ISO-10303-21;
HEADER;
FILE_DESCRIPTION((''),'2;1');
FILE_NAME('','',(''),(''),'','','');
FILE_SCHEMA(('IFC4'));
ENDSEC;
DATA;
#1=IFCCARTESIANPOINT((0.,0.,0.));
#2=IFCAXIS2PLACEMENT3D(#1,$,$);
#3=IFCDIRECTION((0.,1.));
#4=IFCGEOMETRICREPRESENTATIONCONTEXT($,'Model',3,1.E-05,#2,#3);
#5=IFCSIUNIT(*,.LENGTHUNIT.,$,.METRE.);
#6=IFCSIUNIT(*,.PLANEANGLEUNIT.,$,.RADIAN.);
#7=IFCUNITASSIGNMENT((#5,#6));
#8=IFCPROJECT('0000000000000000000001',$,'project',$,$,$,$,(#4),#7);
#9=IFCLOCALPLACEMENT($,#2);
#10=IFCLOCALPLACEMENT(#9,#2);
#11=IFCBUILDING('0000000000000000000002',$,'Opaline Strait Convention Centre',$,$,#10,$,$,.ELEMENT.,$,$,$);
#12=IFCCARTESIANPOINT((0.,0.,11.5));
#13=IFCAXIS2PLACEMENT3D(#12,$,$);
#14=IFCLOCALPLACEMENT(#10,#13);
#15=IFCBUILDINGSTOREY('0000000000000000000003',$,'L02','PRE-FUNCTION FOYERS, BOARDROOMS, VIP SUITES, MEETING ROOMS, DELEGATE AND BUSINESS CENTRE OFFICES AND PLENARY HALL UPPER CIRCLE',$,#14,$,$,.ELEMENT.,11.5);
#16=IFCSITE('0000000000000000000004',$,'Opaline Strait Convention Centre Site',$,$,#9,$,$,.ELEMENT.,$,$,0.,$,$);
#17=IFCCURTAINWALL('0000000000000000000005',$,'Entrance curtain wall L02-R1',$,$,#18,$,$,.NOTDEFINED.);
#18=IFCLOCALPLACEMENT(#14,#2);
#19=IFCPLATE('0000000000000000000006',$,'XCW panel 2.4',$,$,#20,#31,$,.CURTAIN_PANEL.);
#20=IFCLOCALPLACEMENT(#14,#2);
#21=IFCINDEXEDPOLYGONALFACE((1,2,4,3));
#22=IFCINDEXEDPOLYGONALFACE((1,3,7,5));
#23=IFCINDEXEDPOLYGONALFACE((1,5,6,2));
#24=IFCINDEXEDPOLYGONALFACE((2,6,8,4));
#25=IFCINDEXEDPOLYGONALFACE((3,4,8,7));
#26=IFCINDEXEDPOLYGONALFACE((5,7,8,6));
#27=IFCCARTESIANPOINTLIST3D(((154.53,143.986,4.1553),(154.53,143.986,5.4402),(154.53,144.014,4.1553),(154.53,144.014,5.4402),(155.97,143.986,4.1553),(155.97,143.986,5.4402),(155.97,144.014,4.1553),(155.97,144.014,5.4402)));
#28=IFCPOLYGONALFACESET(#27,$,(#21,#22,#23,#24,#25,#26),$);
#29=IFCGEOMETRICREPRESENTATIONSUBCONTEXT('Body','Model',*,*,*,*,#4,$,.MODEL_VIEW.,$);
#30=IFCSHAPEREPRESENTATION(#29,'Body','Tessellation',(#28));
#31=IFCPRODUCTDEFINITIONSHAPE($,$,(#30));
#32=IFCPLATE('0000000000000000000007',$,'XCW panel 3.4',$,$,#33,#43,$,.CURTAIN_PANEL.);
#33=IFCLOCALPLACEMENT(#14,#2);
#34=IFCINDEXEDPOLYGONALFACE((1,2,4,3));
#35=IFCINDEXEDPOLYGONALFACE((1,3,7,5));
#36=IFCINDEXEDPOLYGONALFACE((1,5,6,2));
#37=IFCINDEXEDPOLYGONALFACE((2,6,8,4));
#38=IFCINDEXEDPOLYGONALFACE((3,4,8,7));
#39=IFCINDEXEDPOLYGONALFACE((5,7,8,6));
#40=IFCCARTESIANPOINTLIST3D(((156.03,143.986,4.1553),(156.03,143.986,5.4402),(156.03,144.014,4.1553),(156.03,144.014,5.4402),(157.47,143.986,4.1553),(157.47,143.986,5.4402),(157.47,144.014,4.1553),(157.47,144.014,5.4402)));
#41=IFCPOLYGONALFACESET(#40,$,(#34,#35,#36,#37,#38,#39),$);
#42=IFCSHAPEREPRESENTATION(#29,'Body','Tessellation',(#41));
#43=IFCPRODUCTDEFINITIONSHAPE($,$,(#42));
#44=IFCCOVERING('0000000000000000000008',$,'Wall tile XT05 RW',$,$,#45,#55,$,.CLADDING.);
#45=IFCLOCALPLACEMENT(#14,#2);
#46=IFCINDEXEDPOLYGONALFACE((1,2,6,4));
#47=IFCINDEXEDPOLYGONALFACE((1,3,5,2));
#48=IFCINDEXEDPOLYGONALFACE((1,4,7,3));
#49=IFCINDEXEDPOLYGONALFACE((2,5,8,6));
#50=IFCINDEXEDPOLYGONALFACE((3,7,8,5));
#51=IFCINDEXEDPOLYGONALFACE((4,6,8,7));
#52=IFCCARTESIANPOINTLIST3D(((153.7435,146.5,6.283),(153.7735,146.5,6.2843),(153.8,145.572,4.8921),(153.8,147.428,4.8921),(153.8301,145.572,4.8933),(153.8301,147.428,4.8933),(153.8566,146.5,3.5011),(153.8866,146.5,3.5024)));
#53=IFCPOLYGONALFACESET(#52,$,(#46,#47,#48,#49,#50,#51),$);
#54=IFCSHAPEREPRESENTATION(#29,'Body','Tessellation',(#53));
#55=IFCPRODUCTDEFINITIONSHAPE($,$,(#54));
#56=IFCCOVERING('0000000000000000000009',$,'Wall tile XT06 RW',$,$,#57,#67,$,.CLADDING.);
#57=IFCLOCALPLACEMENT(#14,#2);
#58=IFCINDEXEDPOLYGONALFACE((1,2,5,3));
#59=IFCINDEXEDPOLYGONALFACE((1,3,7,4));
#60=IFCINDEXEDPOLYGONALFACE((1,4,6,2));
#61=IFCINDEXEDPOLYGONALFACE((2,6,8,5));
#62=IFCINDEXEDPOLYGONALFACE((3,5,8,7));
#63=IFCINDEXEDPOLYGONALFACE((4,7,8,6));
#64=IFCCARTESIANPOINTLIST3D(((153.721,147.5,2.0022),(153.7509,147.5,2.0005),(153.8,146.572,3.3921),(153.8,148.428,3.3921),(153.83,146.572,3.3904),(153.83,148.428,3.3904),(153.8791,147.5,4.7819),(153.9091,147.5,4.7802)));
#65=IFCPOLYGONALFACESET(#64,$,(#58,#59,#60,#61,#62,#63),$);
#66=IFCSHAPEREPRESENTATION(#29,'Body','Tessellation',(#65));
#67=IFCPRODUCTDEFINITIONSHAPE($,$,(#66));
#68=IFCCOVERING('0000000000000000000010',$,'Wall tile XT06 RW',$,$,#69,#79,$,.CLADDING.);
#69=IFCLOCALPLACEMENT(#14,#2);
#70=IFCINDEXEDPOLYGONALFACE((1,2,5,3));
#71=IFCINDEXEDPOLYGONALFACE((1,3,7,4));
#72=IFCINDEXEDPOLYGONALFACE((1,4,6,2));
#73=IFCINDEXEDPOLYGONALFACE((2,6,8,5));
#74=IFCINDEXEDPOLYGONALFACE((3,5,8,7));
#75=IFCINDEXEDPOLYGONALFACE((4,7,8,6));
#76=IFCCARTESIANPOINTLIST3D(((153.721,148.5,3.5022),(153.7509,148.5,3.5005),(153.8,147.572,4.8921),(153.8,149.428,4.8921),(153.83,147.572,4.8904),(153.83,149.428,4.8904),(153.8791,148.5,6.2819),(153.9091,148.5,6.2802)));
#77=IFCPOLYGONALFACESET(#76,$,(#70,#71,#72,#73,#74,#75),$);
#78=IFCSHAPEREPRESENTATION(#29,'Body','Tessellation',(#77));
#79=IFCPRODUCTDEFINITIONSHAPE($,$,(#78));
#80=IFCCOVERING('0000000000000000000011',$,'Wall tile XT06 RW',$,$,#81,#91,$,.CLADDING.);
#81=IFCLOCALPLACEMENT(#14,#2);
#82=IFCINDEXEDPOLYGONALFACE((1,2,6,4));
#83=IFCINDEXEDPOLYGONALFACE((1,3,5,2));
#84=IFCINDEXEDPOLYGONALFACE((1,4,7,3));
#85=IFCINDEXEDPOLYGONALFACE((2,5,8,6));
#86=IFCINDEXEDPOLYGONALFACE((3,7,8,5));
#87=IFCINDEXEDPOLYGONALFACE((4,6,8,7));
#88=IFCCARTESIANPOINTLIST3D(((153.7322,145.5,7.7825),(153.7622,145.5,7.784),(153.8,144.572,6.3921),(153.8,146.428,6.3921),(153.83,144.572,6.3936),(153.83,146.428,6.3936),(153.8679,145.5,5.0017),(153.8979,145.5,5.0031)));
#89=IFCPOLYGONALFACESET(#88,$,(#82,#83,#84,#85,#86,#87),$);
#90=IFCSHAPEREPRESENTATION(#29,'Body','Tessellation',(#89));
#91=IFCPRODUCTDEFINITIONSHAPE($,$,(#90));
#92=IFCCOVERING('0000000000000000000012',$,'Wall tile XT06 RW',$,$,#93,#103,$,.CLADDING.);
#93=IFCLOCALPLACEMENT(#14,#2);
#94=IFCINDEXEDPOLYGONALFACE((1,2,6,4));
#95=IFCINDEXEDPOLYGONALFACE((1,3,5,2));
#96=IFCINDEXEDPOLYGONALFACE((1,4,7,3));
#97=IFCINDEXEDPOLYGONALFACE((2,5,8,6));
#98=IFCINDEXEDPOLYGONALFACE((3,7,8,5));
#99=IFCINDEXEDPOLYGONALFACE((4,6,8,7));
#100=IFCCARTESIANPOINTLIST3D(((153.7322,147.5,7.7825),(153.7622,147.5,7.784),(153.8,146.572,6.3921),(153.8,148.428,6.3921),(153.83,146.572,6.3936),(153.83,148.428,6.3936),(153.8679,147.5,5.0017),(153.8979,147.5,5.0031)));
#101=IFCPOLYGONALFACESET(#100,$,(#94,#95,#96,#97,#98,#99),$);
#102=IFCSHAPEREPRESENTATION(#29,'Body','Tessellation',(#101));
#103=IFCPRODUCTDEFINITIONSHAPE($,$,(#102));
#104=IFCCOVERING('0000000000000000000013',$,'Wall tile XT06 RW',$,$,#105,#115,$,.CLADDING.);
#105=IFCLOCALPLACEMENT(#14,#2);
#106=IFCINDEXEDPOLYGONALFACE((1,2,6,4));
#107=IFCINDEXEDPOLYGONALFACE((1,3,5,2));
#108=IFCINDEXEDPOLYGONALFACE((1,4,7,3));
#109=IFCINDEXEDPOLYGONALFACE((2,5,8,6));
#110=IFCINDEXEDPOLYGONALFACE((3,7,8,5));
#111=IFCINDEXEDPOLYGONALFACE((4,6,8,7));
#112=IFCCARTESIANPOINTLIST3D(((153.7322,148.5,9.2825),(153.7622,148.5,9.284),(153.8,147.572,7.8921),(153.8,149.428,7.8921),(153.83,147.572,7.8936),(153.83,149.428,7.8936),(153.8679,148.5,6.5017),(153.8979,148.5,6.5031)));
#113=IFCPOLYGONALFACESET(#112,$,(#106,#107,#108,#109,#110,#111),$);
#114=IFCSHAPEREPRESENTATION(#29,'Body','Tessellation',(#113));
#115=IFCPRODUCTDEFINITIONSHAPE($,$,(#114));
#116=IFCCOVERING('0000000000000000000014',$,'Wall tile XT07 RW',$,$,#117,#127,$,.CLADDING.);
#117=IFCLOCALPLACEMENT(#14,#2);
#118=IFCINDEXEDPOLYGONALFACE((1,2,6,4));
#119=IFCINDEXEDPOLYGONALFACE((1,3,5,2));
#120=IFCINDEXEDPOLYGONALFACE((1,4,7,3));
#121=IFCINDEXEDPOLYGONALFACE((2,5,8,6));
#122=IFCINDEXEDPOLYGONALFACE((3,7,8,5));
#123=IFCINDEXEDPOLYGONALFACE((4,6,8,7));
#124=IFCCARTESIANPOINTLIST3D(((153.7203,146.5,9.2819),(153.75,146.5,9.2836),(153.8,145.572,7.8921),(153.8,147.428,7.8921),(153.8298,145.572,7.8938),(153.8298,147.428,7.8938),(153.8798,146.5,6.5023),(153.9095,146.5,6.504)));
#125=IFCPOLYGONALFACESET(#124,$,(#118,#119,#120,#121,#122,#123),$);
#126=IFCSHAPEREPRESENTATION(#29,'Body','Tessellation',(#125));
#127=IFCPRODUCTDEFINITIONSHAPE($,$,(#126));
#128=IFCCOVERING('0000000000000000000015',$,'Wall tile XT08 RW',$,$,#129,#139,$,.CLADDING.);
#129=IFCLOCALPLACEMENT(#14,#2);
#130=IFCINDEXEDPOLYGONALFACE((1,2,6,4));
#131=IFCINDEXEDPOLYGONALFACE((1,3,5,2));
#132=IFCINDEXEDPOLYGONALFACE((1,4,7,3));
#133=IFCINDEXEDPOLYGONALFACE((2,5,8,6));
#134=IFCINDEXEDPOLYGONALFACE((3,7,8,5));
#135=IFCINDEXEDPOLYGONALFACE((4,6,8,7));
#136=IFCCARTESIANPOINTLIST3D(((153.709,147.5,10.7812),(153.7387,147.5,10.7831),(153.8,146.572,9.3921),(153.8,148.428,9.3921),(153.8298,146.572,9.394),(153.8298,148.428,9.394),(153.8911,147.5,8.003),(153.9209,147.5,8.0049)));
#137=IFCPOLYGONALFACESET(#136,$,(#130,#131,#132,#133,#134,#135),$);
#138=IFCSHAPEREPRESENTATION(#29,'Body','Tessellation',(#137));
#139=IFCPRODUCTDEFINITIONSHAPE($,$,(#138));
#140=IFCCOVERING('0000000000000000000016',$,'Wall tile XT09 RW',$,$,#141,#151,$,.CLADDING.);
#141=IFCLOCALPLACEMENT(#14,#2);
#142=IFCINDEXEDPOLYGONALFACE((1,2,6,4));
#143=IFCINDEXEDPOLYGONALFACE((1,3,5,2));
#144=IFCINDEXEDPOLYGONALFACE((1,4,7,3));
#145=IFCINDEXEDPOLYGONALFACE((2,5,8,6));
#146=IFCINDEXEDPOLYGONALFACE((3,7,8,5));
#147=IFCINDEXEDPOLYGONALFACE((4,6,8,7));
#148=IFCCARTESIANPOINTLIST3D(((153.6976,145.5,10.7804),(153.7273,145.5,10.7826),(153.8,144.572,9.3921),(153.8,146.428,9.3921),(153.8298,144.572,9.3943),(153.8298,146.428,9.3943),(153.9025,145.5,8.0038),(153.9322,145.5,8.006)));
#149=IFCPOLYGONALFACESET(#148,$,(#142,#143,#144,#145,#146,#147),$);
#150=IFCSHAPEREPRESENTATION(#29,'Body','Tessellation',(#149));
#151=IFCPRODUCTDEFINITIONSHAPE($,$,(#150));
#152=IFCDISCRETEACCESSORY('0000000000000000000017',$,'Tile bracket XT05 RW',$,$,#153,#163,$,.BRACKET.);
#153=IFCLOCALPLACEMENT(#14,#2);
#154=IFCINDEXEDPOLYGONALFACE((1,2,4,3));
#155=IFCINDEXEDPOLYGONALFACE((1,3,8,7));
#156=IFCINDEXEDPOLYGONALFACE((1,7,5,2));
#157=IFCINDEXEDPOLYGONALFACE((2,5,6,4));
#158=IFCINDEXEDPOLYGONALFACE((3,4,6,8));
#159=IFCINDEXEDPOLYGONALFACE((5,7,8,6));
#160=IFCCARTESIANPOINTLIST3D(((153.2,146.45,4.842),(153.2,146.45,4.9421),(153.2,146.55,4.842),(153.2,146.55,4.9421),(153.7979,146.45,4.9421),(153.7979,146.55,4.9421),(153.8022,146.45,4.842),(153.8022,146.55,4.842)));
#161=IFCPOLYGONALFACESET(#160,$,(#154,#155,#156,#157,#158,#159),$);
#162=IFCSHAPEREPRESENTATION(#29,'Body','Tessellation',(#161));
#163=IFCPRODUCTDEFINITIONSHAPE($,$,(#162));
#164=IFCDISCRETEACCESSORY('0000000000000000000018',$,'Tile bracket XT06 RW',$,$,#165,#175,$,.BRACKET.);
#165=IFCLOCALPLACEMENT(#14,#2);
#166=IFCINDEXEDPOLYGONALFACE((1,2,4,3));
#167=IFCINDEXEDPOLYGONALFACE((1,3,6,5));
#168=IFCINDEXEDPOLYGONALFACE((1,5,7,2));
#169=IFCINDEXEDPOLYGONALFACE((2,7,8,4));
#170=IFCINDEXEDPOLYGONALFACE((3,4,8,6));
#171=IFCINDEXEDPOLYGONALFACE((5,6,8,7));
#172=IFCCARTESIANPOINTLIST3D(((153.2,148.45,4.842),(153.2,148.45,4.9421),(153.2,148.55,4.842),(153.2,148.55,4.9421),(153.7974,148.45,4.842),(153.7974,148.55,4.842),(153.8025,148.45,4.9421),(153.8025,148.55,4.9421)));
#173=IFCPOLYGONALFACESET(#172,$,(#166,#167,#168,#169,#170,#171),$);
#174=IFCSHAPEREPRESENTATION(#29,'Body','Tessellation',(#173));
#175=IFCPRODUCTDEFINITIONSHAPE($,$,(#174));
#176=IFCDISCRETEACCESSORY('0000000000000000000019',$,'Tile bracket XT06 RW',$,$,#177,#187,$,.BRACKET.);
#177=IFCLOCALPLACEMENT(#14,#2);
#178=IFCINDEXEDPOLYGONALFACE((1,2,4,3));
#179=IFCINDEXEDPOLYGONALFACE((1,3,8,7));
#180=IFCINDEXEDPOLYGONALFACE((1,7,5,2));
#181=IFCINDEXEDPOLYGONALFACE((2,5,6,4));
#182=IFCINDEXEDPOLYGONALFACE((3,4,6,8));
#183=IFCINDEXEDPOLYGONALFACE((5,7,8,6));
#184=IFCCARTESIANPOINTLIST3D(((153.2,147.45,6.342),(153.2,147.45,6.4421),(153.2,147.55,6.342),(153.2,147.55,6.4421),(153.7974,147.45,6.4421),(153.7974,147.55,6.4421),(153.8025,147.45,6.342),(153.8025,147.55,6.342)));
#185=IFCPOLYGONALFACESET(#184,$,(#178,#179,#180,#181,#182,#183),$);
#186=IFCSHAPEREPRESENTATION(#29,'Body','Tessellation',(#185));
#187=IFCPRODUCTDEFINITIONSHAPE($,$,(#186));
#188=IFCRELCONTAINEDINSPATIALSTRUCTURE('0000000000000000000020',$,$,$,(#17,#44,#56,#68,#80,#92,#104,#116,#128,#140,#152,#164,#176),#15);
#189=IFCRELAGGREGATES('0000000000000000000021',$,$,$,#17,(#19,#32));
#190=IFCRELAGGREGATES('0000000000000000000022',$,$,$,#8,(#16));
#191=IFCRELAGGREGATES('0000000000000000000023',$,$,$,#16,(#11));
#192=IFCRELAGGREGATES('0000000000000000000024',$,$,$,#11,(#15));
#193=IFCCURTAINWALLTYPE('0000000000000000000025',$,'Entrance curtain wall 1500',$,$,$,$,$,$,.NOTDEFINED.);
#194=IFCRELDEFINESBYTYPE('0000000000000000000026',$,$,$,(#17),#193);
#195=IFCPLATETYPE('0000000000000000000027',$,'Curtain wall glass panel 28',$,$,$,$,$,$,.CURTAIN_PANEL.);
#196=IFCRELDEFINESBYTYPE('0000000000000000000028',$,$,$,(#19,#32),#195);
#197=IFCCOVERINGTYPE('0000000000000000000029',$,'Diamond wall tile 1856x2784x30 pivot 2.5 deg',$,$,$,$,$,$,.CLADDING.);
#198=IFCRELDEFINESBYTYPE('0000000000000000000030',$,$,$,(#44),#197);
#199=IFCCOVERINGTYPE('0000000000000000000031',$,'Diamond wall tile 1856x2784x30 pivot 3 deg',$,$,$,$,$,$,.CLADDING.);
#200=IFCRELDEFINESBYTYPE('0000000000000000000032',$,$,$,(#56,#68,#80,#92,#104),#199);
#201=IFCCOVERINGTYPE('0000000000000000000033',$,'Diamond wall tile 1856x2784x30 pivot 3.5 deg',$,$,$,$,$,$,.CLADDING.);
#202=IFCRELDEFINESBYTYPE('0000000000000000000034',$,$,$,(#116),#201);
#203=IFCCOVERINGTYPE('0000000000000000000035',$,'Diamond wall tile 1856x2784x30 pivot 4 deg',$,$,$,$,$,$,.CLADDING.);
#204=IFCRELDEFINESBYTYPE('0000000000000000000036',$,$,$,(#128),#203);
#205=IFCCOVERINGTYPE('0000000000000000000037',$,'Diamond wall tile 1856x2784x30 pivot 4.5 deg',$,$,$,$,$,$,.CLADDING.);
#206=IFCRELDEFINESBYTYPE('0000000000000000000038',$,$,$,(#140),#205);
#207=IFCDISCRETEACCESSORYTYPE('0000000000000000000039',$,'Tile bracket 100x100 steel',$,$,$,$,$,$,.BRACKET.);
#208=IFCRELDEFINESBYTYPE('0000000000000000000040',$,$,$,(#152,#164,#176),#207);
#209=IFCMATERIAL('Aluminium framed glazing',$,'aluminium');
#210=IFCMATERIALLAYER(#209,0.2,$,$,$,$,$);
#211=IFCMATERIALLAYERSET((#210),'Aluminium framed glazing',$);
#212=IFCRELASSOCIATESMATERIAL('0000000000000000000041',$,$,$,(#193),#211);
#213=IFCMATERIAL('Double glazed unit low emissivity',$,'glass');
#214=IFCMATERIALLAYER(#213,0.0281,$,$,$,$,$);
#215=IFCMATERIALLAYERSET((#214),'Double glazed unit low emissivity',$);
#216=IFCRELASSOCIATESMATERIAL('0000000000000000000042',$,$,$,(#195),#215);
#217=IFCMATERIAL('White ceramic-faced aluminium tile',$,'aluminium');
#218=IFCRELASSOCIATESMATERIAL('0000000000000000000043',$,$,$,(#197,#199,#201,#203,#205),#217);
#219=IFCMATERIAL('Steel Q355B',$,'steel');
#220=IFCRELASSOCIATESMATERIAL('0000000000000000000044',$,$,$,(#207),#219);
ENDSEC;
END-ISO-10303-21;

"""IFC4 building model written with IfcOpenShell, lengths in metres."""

from ifc_helpers import new_model, si_unit, direction, frame, origin, origin_2d, place, context, subcontext, project, spatial, polyline, rectangle, outline, extrude, material, layer, layer_set, material_profile, profile_set, type_object, element, aggregate, save


model = new_model("IFC4")

# Units and contexts
model_context = context("Model", 3, precision=1e-05, world=origin(), true_north=direction((0.0, 1.0)))
body_context = subcontext(model_context, "Body", "Model", "MODEL_VIEW")
ifc_project = project(units=[si_unit("LENGTHUNIT", "METRE"), si_unit("PLANEANGLEUNIT", "RADIAN")], contexts=[model_context])

# Site, building, storey
site_placement = place(None, origin())
site = spatial("IfcSite", under=ifc_project, at=site_placement, Name="Opaline Strait Convention Centre Site", CompositionType="ELEMENT", RefElevation=0.0)
building_placement = place(site_placement, origin())
building = spatial("IfcBuilding", under=site, at=building_placement, Name="Opaline Strait Convention Centre", CompositionType="ELEMENT")
storey_placement = place(building_placement, frame((0.0, 0.0, 11.5)))
storey = spatial("IfcBuildingStorey", under=building, at=storey_placement, Name="L02", Description="PRE-FUNCTION FOYERS, BOARDROOMS, VIP SUITES, MEETING ROOMS, DELEGATE AND BUSINESS CENTRE OFFICES AND PLENARY HALL UPPER CIRCLE", CompositionType="ELEMENT", Elevation=11.5)

# Curtain wall
ifc_material_1 = material(Name="Aluminium framed glazing", Category="aluminium")
ifc_layer_1 = layer(ifc_material_1, 0.2)
ifc_layer_set_1 = layer_set([ifc_layer_1], Name="Aluminium framed glazing")
curtain_wall_type = type_object("IfcCurtainWallType", Name="Entrance curtain wall 1500", PredefinedType="NOTDEFINED", material=ifc_layer_set_1)
curtain_wall_placement = place(storey_placement, origin())
curtain_wall = element("IfcCurtainWall", 1, at=curtain_wall_placement, inside=storey, type_object=curtain_wall_type, Name="Entrance curtain wall L02-R1", PredefinedType="NOTDEFINED")

# Shared definitions
ifc_material_2 = material(Name="Steel Q355B", Category="steel")

# Plates
ifc_material_3 = material(Name="Double glazed unit low emissivity", Category="glass")
ifc_layer_2 = layer(ifc_material_3, 0.0281)
ifc_layer_set_2 = layer_set([ifc_layer_2], Name="Double glazed unit low emissivity")
plate_type = type_object("IfcPlateType", Name="Curtain wall glass panel 28", PredefinedType="CURTAIN_PANEL", material=ifc_layer_set_2)
plate_1_placement = place(storey_placement, frame((155.25, 144.0, 4.1553), z_axis=(0.0, 0.0, 1.0), x_axis=(1.0, 0.0, 0.0)))
plate_1 = element("IfcPlate", 2, at=plate_1_placement, type_object=plate_type, Name="XCW panel 2.4", PredefinedType="CURTAIN_PANEL", context=body_context, shape_type="SweptSolid", body=[
    extrude(rectangle(XDim=1.4399, YDim=0.0281, at=origin_2d()), origin(), (0.0, 0.0, 1.0), 1.2849),
])
plate_2_placement = place(storey_placement, frame((156.75, 144.0, 4.1553), z_axis=(0.0, 0.0, 1.0), x_axis=(1.0, 0.0, 0.0)))
plate_2 = element("IfcPlate", 3, at=plate_2_placement, type_object=plate_type, Name="XCW panel 3.4", PredefinedType="CURTAIN_PANEL", context=body_context, shape_type="SweptSolid", body=[
    extrude(rectangle(XDim=1.4399, YDim=0.0281, at=origin_2d()), origin(), (0.0, 0.0, 1.0), 1.2849),
])
aggregate(curtain_wall, [plate_1, plate_2])

# Coverings
ifc_material_4 = material(Name="White ceramic-faced aluminium tile", Category="aluminium")
ifc_material_profile_1 = material_profile(ifc_material_4, outline(polyline([(0.928, 0.0), (0.0, 1.3921), (-0.928, 0.0), (0.0, -1.3921), (0.928, 0.0)])), Name="Diamond tile 1856x2784")
ifc_profile_set_1 = profile_set([ifc_material_profile_1], Name="White ceramic-faced aluminium tile")
covering_type_1 = type_object("IfcCoveringType", Name="Diamond wall tile 1856x2784x30 pivot 2.5 deg", PredefinedType="CLADDING", material=ifc_profile_set_1)
covering_1_placement = place(storey_placement, frame((153.8, 146.5, 4.8921), z_axis=(0.999175, 0.0, 0.040617), x_axis=(0.0, 1.0, 0.0)))
element("IfcCovering", 4, at=covering_1_placement, inside=storey, type_object=covering_type_1, Name="Wall tile XT05 RW", PredefinedType="CLADDING", context=body_context, shape_type="SweptSolid", body=[
    extrude(outline(polyline([(0.928, 0.0), (0.0, 1.3921), (-0.928, 0.0), (0.0, -1.3921), (0.928, 0.0)])), origin(), (0.0, 0.0, 1.0), 0.03),
])
ifc_material_profile_2 = material_profile(ifc_material_4, outline(polyline([(0.928, 0.0), (0.0, 1.3921), (-0.928, 0.0), (0.0, -1.3921), (0.928, 0.0)])), Name="Diamond tile 1856x2784")
ifc_profile_set_2 = profile_set([ifc_material_profile_2], Name="White ceramic-faced aluminium tile")
covering_type_2 = type_object("IfcCoveringType", Name="Diamond wall tile 1856x2784x30 pivot 3 deg", PredefinedType="CLADDING", material=ifc_profile_set_2)
for number, where, z_axis, x_axis, name in (
    (5, (153.8, 147.5, 3.3921), (0.998385, 0.0, -0.056819), (0.0, 1.0, 0.0), "Wall tile XT06 RW"),
    (6, (153.8, 148.5, 4.8921), (0.998385, 0.0, -0.056819), (0.0, 1.0, 0.0), "Wall tile XT06 RW"),
    (7, (153.8, 145.5, 6.3921), (0.998812, 0.0, 0.048723), (0.0, 1.0, 0.0), "Wall tile XT06 RW"),
    (8, (153.8, 147.5, 6.3921), (0.998812, 0.0, 0.048723), (0.0, 1.0, 0.0), "Wall tile XT06 RW"),
    (9, (153.8, 148.5, 7.8921), (0.998812, 0.0, 0.048723), (0.0, 1.0, 0.0), "Wall tile XT06 RW"),
):
    element("IfcCovering", number, at=place(storey_placement, frame(where, z_axis=z_axis, x_axis=x_axis)), inside=storey, type_object=covering_type_2, Name=name, PredefinedType="CLADDING", context=body_context, shape_type="SweptSolid", body=[
        extrude(outline(polyline([(0.928, 0.0), (0.0, 1.3921), (-0.928, 0.0), (0.0, -1.3921), (0.928, 0.0)])), origin(), (0.0, 0.0, 1.0), 0.03),
    ])
ifc_material_profile_3 = material_profile(ifc_material_4, outline(polyline([(0.928, 0.0), (0.0, 1.3921), (-0.928, 0.0), (0.0, -1.3921), (0.928, 0.0)])), Name="Diamond tile 1856x2784")
ifc_profile_set_3 = profile_set([ifc_material_profile_3], Name="White ceramic-faced aluminium tile")
covering_type_3 = type_object("IfcCoveringType", Name="Diamond wall tile 1856x2784x30 pivot 3.5 deg", PredefinedType="CLADDING", material=ifc_profile_set_3)
covering_2_placement = place(storey_placement, frame((153.8, 146.5, 7.8921), z_axis=(0.998358, 0.0, 0.057283), x_axis=(0.0, 1.0, 0.0)))
element("IfcCovering", 10, at=covering_2_placement, inside=storey, type_object=covering_type_3, Name="Wall tile XT07 RW", PredefinedType="CLADDING", context=body_context, shape_type="SweptSolid", body=[
    extrude(outline(polyline([(0.928, 0.0), (0.0, 1.3921), (-0.928, 0.0), (0.0, -1.3921), (0.928, 0.0)])), origin(), (0.0, 0.0, 1.0), 0.0298),
])
ifc_material_profile_4 = material_profile(ifc_material_4, outline(polyline([(0.928, 0.0), (0.0, 1.3921), (-0.928, 0.0), (0.0, -1.3921), (0.928, 0.0)])), Name="Diamond tile 1856x2784")
ifc_profile_set_4 = profile_set([ifc_material_profile_4], Name="White ceramic-faced aluminium tile")
covering_type_4 = type_object("IfcCoveringType", Name="Diamond wall tile 1856x2784x30 pivot 4 deg", PredefinedType="CLADDING", material=ifc_profile_set_4)
covering_3_placement = place(storey_placement, frame((153.8, 147.5, 9.3921), z_axis=(0.997857, 0.0, 0.065433), x_axis=(0.0, 1.0, 0.0)))
element("IfcCovering", 11, at=covering_3_placement, inside=storey, type_object=covering_type_4, Name="Wall tile XT08 RW", PredefinedType="CLADDING", context=body_context, shape_type="SweptSolid", body=[
    extrude(outline(polyline([(0.928, 0.0), (0.0, 1.3921), (-0.928, 0.0), (0.0, -1.3921), (0.928, 0.0)])), origin(), (0.0, 0.0, 1.0), 0.0298),
])
ifc_material_profile_5 = material_profile(ifc_material_4, outline(polyline([(0.928, 0.0), (0.0, 1.3921), (-0.928, 0.0), (0.0, -1.3921), (0.928, 0.0)])), Name="Diamond tile 1856x2784")
ifc_profile_set_5 = profile_set([ifc_material_profile_5], Name="White ceramic-faced aluminium tile")
covering_type_5 = type_object("IfcCoveringType", Name="Diamond wall tile 1856x2784x30 pivot 4.5 deg", PredefinedType="CLADDING", material=ifc_profile_set_5)
covering_4_placement = place(storey_placement, frame((153.8, 145.5, 9.3921), z_axis=(0.99729, 0.0, 0.073571), x_axis=(0.0, 1.0, 0.0)))
element("IfcCovering", 12, at=covering_4_placement, inside=storey, type_object=covering_type_5, Name="Wall tile XT09 RW", PredefinedType="CLADDING", context=body_context, shape_type="SweptSolid", body=[
    extrude(outline(polyline([(0.928, 0.0), (0.0, 1.3921), (-0.928, 0.0), (0.0, -1.3921), (0.928, 0.0)])), origin(), (0.0, 0.0, 1.0), 0.0298),
])

# Discrete accessories
discrete_accessory_type = type_object("IfcDiscreteAccessoryType", Name="Tile bracket 100x100 steel", PredefinedType="BRACKET", material=ifc_material_2)
discrete_accessory_1_placement = place(storey_placement, frame((153.2, 146.45, 4.8921), z_axis=(0.0, 1.0, 0.0), x_axis=(-1.0, 0.0, 0.0)))
element("IfcDiscreteAccessory", 13, at=discrete_accessory_1_placement, inside=storey, type_object=discrete_accessory_type, Name="Tile bracket XT05 RW", PredefinedType="BRACKET", context=body_context, shape_type="SweptSolid", body=[
    extrude(outline(polyline([(0.0, -0.05), (0.0, 0.05), (-0.5979, 0.05), (-0.6023, -0.05), (0.0, -0.05)])), origin(), (0.0, 0.0, 1.0), 0.1001),
])
discrete_accessory_2_placement = place(storey_placement, frame((153.2, 148.45, 4.8921), z_axis=(0.0, 1.0, 0.0), x_axis=(-1.0, 0.0, 0.0)))
element("IfcDiscreteAccessory", 14, at=discrete_accessory_2_placement, inside=storey, type_object=discrete_accessory_type, Name="Tile bracket XT06 RW", PredefinedType="BRACKET", context=body_context, shape_type="SweptSolid", body=[
    extrude(outline(polyline([(0.0, -0.05), (0.0, 0.05), (-0.6025, 0.05), (-0.5974, -0.05), (0.0, -0.05)])), origin(), (0.0, 0.0, 1.0), 0.1001),
])
discrete_accessory_3_placement = place(storey_placement, frame((153.2, 147.45, 6.3921), z_axis=(0.0, 1.0, 0.0), x_axis=(-1.0, 0.0, 0.0)))
element("IfcDiscreteAccessory", 15, at=discrete_accessory_3_placement, inside=storey, type_object=discrete_accessory_type, Name="Tile bracket XT06 RW", PredefinedType="BRACKET", context=body_context, shape_type="SweptSolid", body=[
    extrude(outline(polyline([(0.0, -0.05), (0.0, 0.05), (-0.5974, 0.05), (-0.6025, -0.05), (0.0, -0.05)])), origin(), (0.0, 0.0, 1.0), 0.1001),
])

save(model, "model.ifc")
